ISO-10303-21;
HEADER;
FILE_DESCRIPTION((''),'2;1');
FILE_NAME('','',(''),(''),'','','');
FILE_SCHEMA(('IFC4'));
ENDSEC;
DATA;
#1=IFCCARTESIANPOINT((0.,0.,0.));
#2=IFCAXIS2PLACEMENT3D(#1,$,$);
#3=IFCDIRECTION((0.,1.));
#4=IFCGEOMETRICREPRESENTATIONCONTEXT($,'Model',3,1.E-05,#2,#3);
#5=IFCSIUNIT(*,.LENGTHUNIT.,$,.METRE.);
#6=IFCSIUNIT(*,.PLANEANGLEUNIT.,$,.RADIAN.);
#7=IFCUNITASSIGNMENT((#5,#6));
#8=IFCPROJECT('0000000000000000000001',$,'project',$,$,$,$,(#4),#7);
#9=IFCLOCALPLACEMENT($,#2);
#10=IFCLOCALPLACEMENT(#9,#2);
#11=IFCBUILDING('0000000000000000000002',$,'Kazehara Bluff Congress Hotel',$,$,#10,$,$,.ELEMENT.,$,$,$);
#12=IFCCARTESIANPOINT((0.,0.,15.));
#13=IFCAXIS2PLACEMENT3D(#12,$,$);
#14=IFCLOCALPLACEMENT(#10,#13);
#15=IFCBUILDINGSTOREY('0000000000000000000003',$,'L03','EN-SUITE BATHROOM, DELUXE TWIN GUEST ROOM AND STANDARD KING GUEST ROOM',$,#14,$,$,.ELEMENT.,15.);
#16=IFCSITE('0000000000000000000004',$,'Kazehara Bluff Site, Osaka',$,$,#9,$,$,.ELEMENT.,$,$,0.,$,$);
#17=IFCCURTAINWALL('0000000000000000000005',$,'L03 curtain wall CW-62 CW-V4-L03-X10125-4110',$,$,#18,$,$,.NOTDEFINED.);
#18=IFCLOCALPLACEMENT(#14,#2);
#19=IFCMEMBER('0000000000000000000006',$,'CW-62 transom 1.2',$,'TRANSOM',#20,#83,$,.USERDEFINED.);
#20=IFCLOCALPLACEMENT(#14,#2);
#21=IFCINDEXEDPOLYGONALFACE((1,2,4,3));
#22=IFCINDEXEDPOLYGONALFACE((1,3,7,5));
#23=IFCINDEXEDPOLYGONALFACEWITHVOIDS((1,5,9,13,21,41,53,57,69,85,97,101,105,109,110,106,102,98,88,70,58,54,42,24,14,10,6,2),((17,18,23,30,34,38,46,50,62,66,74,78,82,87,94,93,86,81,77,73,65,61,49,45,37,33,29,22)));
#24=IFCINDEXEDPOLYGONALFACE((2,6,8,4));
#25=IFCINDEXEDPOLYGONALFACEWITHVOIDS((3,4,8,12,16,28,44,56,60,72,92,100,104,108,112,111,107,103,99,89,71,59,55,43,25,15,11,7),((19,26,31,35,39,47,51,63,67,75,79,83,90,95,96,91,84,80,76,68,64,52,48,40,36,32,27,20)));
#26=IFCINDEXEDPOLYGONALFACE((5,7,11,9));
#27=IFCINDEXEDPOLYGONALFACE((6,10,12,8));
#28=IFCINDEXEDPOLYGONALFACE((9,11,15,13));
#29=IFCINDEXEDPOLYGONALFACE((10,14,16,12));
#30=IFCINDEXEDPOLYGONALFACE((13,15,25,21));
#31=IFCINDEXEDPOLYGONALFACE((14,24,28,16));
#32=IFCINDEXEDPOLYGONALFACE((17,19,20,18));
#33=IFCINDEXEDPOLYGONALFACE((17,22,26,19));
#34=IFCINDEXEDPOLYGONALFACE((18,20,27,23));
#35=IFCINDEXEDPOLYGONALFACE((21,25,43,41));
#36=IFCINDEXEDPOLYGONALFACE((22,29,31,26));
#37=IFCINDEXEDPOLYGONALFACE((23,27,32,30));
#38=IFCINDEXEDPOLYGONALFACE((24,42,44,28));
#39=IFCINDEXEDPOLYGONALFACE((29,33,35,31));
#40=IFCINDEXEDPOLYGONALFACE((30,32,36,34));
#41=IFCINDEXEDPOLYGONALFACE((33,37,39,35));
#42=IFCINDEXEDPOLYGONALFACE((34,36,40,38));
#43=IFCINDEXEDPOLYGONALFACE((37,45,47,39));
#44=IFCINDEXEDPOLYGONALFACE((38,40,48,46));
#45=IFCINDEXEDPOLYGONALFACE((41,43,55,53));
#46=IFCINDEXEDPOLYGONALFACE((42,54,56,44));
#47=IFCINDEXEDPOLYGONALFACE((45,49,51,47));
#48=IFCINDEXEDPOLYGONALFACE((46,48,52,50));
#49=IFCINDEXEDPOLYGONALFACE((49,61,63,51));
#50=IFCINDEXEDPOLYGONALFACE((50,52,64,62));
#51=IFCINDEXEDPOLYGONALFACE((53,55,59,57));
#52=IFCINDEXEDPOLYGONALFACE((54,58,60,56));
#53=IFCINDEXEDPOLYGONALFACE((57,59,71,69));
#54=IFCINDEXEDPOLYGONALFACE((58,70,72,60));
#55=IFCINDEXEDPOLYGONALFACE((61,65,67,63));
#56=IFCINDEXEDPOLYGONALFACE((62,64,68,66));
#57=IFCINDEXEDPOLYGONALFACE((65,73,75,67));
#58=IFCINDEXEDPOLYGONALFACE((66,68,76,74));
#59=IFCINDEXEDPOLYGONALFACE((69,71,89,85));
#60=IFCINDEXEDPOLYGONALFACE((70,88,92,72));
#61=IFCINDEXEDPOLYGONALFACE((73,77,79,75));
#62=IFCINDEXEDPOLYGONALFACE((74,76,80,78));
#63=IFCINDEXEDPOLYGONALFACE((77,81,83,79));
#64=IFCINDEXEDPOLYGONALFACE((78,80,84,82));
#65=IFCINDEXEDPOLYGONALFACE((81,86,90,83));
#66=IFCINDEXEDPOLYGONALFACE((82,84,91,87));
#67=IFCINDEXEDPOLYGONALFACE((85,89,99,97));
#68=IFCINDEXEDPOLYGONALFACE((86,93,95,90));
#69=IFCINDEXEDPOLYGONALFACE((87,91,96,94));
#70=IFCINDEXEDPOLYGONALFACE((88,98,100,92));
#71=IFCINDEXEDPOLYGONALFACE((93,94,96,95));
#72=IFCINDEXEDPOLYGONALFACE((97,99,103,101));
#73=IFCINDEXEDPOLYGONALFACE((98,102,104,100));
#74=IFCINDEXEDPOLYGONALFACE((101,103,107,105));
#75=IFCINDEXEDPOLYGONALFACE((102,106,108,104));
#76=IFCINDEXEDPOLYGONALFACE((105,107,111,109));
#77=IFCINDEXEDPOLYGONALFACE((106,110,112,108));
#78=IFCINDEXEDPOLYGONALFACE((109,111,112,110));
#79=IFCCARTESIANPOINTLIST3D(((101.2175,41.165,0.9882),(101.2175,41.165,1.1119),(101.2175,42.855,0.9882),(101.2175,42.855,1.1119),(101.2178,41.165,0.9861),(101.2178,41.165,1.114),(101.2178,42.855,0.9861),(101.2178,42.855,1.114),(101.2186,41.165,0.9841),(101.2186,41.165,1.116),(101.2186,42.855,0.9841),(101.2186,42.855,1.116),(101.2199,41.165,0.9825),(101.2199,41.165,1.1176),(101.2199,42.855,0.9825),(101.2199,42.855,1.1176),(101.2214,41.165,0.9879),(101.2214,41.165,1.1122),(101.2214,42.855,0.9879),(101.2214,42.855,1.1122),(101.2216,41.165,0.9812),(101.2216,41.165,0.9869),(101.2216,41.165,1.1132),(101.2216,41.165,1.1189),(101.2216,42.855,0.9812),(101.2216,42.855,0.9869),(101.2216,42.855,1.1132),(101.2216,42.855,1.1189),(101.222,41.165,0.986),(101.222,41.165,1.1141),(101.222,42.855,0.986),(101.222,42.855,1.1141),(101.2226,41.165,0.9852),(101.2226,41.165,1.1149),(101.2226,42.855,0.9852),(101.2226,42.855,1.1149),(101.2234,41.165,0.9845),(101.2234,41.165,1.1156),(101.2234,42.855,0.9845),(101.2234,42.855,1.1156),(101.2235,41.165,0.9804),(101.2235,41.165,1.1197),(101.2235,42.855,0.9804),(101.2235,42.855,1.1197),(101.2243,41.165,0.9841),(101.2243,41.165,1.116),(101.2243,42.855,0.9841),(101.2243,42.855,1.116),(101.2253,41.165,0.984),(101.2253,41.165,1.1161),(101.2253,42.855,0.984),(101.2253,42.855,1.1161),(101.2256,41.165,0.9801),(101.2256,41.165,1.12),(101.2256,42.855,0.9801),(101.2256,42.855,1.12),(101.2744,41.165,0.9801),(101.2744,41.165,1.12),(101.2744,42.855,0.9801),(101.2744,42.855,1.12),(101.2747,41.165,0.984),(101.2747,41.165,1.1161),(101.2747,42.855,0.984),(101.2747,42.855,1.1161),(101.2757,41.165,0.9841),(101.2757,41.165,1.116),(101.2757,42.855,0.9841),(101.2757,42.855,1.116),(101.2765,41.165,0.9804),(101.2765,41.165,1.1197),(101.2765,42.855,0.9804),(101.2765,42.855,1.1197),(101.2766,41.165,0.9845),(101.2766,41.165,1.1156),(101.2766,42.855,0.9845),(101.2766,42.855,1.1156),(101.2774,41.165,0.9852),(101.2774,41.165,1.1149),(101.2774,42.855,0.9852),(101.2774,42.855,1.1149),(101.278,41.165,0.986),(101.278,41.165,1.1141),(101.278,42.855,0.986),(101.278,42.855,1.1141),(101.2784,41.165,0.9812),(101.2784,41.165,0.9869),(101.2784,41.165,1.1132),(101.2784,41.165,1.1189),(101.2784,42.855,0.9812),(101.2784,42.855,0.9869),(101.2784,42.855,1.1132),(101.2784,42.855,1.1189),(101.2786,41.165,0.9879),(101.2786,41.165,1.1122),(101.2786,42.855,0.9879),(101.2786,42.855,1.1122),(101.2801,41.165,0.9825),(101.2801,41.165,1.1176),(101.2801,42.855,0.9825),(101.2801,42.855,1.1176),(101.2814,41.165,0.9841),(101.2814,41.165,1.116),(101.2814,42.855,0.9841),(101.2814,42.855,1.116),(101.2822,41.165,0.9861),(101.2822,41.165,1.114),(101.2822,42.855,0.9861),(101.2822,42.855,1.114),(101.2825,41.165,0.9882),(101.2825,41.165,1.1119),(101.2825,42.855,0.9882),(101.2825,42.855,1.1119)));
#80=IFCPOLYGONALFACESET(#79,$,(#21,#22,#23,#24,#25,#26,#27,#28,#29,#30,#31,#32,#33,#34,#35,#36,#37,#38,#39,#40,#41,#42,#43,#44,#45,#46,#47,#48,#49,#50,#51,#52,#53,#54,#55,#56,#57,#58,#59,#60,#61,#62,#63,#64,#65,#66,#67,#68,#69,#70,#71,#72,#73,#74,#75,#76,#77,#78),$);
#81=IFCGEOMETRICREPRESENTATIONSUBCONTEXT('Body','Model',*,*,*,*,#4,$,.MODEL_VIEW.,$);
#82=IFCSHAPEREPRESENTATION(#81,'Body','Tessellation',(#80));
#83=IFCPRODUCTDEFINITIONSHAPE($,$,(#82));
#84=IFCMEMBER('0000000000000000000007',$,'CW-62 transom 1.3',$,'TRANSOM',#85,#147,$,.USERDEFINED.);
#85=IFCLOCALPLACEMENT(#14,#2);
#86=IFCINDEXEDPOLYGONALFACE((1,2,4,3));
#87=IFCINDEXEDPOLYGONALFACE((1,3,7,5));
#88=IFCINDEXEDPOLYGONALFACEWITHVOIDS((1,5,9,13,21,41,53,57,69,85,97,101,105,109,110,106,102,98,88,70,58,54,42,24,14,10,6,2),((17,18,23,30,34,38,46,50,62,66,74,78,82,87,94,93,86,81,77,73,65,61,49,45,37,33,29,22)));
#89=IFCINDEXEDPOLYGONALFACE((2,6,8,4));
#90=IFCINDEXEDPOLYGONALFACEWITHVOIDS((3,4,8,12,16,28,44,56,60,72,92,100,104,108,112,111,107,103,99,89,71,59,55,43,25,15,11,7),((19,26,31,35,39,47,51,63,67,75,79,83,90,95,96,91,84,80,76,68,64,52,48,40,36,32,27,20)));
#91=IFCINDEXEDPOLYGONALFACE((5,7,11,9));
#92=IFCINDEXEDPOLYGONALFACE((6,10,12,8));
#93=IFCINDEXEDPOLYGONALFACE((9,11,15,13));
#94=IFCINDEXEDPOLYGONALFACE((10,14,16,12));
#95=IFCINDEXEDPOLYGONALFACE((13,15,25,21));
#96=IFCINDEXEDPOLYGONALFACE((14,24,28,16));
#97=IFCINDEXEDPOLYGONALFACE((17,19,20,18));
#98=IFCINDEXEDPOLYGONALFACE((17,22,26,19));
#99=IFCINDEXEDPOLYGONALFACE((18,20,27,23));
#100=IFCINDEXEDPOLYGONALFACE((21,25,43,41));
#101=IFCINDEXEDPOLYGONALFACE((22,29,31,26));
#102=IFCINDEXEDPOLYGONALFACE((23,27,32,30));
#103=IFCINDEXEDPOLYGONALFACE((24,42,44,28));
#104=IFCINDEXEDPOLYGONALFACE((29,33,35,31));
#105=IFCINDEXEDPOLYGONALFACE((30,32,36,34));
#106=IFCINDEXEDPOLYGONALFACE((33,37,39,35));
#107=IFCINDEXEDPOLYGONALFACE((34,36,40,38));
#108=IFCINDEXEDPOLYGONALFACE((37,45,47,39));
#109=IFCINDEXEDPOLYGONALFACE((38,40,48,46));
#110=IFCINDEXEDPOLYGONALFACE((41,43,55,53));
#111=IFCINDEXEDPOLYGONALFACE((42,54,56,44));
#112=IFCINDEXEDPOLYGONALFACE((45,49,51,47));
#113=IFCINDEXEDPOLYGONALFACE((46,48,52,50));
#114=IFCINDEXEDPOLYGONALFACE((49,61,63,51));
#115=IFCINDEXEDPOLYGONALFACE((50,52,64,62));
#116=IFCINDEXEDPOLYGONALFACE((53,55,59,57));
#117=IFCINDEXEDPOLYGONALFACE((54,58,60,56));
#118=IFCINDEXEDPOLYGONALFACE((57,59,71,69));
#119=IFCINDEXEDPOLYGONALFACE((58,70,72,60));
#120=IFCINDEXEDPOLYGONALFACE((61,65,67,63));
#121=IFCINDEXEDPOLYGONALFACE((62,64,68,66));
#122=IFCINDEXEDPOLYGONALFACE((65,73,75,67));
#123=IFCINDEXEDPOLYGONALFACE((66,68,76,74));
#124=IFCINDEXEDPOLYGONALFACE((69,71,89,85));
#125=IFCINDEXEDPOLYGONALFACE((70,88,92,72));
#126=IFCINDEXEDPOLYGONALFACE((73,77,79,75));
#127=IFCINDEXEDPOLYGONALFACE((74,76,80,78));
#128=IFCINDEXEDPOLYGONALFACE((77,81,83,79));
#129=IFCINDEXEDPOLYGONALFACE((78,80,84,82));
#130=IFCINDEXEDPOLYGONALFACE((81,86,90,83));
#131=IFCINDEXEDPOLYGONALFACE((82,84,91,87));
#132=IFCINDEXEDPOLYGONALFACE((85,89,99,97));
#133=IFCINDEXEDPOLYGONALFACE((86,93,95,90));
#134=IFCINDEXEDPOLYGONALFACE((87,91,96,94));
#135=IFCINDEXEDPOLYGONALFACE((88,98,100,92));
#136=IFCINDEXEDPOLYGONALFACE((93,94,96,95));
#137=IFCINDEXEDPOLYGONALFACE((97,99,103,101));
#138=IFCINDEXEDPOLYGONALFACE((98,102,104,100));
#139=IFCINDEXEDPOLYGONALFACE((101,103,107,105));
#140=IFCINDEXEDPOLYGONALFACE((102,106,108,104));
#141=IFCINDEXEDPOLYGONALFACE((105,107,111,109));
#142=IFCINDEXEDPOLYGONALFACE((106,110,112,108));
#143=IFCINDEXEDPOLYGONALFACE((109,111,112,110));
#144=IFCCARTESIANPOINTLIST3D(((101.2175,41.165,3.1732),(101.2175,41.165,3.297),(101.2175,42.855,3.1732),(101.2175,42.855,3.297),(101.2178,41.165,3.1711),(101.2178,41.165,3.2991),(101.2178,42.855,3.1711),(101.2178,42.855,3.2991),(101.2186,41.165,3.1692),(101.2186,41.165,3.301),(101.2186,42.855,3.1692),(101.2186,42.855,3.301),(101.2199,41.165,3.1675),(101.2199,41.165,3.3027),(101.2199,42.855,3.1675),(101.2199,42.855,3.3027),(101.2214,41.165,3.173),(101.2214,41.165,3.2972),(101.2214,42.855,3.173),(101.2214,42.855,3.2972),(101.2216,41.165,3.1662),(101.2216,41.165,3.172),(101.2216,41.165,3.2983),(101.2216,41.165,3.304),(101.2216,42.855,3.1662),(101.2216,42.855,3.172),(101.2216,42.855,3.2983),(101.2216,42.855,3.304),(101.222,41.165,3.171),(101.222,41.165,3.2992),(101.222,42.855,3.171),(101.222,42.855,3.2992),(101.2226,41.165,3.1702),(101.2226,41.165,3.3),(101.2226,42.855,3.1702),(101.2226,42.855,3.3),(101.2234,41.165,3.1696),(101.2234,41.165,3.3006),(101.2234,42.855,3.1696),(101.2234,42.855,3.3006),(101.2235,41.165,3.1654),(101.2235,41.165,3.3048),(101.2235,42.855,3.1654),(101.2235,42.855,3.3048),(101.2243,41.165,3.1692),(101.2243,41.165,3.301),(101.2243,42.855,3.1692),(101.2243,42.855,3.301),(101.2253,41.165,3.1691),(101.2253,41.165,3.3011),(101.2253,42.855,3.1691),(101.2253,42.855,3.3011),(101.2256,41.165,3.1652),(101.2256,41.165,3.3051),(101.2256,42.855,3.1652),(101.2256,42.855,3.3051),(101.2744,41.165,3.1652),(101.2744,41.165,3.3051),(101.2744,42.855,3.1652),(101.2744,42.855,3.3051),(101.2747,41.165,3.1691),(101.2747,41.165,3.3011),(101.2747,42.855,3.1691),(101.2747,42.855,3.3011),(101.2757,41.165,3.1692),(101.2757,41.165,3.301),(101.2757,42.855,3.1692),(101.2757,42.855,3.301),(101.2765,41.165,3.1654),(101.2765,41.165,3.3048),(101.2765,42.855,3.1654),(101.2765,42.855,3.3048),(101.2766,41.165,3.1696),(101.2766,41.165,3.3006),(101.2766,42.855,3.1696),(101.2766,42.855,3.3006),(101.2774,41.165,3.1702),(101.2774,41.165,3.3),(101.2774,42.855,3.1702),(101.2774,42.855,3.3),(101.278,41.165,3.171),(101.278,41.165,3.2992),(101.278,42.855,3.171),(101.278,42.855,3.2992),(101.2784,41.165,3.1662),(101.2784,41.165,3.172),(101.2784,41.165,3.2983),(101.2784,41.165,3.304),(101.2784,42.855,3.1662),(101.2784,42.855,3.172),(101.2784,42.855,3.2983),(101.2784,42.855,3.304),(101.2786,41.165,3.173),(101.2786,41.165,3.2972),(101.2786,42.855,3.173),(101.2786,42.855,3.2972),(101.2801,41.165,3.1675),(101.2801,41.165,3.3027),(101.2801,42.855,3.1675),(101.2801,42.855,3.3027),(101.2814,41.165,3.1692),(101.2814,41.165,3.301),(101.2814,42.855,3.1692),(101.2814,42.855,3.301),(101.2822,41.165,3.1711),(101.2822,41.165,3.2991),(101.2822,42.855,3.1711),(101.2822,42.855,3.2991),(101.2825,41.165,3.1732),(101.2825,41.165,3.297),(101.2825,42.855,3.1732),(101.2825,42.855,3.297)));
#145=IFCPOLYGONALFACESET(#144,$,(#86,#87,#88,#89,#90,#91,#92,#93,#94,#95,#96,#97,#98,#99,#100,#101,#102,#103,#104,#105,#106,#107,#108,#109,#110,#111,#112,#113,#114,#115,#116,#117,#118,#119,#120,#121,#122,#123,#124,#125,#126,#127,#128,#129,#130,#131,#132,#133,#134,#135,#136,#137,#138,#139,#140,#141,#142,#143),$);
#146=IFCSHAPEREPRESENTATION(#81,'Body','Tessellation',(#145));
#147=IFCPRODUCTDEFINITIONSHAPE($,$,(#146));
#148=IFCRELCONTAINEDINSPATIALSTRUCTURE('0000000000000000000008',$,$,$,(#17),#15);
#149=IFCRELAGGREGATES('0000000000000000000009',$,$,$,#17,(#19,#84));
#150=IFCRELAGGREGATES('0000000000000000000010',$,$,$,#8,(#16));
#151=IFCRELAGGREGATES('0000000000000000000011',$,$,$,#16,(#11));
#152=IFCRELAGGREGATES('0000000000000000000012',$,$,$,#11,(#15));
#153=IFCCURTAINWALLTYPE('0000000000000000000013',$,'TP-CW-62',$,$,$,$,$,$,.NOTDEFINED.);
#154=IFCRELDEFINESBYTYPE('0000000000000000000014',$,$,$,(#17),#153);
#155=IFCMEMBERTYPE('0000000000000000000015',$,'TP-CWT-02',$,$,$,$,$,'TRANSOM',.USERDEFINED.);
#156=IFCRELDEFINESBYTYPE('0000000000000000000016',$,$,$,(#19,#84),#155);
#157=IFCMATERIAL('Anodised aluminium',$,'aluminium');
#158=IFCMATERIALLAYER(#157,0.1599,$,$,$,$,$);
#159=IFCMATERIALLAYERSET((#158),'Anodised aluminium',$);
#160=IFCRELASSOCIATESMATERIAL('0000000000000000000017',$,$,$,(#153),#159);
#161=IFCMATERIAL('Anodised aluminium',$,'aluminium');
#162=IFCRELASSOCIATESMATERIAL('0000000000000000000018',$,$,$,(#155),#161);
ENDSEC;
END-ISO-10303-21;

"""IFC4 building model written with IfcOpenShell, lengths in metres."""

from ifc_helpers import new_model, si_unit, direction, frame, origin, origin_2d, place, context, subcontext, project, spatial, hollow_rectangle, extrude, material, layer, layer_set, material_profile, profile_set, type_object, element, aggregate, save


model = new_model("IFC4")

# Units and contexts
model_context = context("Model", 3, precision=1e-05, world=origin(), true_north=direction((0.0, 1.0)))
body_context = subcontext(model_context, "Body", "Model", "MODEL_VIEW")
ifc_project = project(units=[si_unit("LENGTHUNIT", "METRE"), si_unit("PLANEANGLEUNIT", "RADIAN")], contexts=[model_context])

# Site, building, storey
site_placement = place(None, origin())
site = spatial("IfcSite", under=ifc_project, at=site_placement, Name="Kazehara Bluff Site, Osaka", CompositionType="ELEMENT", RefElevation=0.0)
building_placement = place(site_placement, origin())
building = spatial("IfcBuilding", under=site, at=building_placement, Name="Kazehara Bluff Congress Hotel", CompositionType="ELEMENT")
storey_placement = place(building_placement, frame((0.0, 0.0, 15.0)))
storey = spatial("IfcBuildingStorey", under=building, at=storey_placement, Name="L03", Description="EN-SUITE BATHROOM, DELUXE TWIN GUEST ROOM AND STANDARD KING GUEST ROOM", CompositionType="ELEMENT", Elevation=15.0)

# Curtain wall, members
ifc_material_1 = material(Name="Anodised aluminium", Category="aluminium")
ifc_layer_1 = layer(ifc_material_1, 0.1599)
ifc_layer_set_1 = layer_set([ifc_layer_1], Name="Anodised aluminium")
curtain_wall_type_1 = type_object("IfcCurtainWallType", Name="TP-CW-62", PredefinedType="NOTDEFINED", material=ifc_layer_set_1)
curtain_wall_1_placement = place(storey_placement, origin())
curtain_wall_1 = element("IfcCurtainWall", 1, at=curtain_wall_1_placement, inside=storey, type_object=curtain_wall_type_1, Name="L03 curtain wall CW-62 CW-V4-L03-X10125-4110", PredefinedType="NOTDEFINED")
ifc_material_2 = material(Name="Anodised aluminium", Category="aluminium")
ifc_material_profile_1 = material_profile(ifc_material_2, hollow_rectangle(XDim=0.0649, YDim=0.1399, WallThickness=0.0039, InnerFilletRadius=0.0039, OuterFilletRadius=0.0081, at=origin_2d()))
ifc_profile_set_1 = profile_set([ifc_material_profile_1], Name="Anodised aluminium")
member_type_1 = type_object("IfcMemberType", Name="TP-CWT-02", ElementType="TRANSOM", PredefinedType="USERDEFINED", material=ifc_profile_set_1)
member_1_placement = place(storey_placement, frame((101.25, 41.165, 1.05), z_axis=(0.0, 1.0, 0.0), x_axis=(-1.0, 0.0, 0.0)))
member_1 = element("IfcMember", 2, at=member_1_placement, type_object=member_type_1, Name="CW-62 transom 1.2", ObjectType="TRANSOM", PredefinedType="USERDEFINED", context=body_context, shape_type="SweptSolid", body=[
    extrude(hollow_rectangle(XDim=0.0649, YDim=0.1399, WallThickness=0.0039, InnerFilletRadius=0.0039, OuterFilletRadius=0.0081, at=origin_2d()), origin(), (0.0, 0.0, 1.0), 1.6899),
])
member_2_placement = place(storey_placement, frame((101.25, 41.165, 3.2351), z_axis=(0.0, 1.0, 0.0), x_axis=(-1.0, 0.0, 0.0)))
member_2 = element("IfcMember", 3, at=member_2_placement, type_object=member_type_1, Name="CW-62 transom 1.3", ObjectType="TRANSOM", PredefinedType="USERDEFINED", context=body_context, shape_type="SweptSolid", body=[
    extrude(hollow_rectangle(XDim=0.0649, YDim=0.1399, WallThickness=0.0039, InnerFilletRadius=0.0039, OuterFilletRadius=0.0081, at=origin_2d()), origin(), (0.0, 0.0, 1.0), 1.6899),
])

aggregate(curtain_wall_1, [member_1, member_2])

save(model, "model.ifc")
